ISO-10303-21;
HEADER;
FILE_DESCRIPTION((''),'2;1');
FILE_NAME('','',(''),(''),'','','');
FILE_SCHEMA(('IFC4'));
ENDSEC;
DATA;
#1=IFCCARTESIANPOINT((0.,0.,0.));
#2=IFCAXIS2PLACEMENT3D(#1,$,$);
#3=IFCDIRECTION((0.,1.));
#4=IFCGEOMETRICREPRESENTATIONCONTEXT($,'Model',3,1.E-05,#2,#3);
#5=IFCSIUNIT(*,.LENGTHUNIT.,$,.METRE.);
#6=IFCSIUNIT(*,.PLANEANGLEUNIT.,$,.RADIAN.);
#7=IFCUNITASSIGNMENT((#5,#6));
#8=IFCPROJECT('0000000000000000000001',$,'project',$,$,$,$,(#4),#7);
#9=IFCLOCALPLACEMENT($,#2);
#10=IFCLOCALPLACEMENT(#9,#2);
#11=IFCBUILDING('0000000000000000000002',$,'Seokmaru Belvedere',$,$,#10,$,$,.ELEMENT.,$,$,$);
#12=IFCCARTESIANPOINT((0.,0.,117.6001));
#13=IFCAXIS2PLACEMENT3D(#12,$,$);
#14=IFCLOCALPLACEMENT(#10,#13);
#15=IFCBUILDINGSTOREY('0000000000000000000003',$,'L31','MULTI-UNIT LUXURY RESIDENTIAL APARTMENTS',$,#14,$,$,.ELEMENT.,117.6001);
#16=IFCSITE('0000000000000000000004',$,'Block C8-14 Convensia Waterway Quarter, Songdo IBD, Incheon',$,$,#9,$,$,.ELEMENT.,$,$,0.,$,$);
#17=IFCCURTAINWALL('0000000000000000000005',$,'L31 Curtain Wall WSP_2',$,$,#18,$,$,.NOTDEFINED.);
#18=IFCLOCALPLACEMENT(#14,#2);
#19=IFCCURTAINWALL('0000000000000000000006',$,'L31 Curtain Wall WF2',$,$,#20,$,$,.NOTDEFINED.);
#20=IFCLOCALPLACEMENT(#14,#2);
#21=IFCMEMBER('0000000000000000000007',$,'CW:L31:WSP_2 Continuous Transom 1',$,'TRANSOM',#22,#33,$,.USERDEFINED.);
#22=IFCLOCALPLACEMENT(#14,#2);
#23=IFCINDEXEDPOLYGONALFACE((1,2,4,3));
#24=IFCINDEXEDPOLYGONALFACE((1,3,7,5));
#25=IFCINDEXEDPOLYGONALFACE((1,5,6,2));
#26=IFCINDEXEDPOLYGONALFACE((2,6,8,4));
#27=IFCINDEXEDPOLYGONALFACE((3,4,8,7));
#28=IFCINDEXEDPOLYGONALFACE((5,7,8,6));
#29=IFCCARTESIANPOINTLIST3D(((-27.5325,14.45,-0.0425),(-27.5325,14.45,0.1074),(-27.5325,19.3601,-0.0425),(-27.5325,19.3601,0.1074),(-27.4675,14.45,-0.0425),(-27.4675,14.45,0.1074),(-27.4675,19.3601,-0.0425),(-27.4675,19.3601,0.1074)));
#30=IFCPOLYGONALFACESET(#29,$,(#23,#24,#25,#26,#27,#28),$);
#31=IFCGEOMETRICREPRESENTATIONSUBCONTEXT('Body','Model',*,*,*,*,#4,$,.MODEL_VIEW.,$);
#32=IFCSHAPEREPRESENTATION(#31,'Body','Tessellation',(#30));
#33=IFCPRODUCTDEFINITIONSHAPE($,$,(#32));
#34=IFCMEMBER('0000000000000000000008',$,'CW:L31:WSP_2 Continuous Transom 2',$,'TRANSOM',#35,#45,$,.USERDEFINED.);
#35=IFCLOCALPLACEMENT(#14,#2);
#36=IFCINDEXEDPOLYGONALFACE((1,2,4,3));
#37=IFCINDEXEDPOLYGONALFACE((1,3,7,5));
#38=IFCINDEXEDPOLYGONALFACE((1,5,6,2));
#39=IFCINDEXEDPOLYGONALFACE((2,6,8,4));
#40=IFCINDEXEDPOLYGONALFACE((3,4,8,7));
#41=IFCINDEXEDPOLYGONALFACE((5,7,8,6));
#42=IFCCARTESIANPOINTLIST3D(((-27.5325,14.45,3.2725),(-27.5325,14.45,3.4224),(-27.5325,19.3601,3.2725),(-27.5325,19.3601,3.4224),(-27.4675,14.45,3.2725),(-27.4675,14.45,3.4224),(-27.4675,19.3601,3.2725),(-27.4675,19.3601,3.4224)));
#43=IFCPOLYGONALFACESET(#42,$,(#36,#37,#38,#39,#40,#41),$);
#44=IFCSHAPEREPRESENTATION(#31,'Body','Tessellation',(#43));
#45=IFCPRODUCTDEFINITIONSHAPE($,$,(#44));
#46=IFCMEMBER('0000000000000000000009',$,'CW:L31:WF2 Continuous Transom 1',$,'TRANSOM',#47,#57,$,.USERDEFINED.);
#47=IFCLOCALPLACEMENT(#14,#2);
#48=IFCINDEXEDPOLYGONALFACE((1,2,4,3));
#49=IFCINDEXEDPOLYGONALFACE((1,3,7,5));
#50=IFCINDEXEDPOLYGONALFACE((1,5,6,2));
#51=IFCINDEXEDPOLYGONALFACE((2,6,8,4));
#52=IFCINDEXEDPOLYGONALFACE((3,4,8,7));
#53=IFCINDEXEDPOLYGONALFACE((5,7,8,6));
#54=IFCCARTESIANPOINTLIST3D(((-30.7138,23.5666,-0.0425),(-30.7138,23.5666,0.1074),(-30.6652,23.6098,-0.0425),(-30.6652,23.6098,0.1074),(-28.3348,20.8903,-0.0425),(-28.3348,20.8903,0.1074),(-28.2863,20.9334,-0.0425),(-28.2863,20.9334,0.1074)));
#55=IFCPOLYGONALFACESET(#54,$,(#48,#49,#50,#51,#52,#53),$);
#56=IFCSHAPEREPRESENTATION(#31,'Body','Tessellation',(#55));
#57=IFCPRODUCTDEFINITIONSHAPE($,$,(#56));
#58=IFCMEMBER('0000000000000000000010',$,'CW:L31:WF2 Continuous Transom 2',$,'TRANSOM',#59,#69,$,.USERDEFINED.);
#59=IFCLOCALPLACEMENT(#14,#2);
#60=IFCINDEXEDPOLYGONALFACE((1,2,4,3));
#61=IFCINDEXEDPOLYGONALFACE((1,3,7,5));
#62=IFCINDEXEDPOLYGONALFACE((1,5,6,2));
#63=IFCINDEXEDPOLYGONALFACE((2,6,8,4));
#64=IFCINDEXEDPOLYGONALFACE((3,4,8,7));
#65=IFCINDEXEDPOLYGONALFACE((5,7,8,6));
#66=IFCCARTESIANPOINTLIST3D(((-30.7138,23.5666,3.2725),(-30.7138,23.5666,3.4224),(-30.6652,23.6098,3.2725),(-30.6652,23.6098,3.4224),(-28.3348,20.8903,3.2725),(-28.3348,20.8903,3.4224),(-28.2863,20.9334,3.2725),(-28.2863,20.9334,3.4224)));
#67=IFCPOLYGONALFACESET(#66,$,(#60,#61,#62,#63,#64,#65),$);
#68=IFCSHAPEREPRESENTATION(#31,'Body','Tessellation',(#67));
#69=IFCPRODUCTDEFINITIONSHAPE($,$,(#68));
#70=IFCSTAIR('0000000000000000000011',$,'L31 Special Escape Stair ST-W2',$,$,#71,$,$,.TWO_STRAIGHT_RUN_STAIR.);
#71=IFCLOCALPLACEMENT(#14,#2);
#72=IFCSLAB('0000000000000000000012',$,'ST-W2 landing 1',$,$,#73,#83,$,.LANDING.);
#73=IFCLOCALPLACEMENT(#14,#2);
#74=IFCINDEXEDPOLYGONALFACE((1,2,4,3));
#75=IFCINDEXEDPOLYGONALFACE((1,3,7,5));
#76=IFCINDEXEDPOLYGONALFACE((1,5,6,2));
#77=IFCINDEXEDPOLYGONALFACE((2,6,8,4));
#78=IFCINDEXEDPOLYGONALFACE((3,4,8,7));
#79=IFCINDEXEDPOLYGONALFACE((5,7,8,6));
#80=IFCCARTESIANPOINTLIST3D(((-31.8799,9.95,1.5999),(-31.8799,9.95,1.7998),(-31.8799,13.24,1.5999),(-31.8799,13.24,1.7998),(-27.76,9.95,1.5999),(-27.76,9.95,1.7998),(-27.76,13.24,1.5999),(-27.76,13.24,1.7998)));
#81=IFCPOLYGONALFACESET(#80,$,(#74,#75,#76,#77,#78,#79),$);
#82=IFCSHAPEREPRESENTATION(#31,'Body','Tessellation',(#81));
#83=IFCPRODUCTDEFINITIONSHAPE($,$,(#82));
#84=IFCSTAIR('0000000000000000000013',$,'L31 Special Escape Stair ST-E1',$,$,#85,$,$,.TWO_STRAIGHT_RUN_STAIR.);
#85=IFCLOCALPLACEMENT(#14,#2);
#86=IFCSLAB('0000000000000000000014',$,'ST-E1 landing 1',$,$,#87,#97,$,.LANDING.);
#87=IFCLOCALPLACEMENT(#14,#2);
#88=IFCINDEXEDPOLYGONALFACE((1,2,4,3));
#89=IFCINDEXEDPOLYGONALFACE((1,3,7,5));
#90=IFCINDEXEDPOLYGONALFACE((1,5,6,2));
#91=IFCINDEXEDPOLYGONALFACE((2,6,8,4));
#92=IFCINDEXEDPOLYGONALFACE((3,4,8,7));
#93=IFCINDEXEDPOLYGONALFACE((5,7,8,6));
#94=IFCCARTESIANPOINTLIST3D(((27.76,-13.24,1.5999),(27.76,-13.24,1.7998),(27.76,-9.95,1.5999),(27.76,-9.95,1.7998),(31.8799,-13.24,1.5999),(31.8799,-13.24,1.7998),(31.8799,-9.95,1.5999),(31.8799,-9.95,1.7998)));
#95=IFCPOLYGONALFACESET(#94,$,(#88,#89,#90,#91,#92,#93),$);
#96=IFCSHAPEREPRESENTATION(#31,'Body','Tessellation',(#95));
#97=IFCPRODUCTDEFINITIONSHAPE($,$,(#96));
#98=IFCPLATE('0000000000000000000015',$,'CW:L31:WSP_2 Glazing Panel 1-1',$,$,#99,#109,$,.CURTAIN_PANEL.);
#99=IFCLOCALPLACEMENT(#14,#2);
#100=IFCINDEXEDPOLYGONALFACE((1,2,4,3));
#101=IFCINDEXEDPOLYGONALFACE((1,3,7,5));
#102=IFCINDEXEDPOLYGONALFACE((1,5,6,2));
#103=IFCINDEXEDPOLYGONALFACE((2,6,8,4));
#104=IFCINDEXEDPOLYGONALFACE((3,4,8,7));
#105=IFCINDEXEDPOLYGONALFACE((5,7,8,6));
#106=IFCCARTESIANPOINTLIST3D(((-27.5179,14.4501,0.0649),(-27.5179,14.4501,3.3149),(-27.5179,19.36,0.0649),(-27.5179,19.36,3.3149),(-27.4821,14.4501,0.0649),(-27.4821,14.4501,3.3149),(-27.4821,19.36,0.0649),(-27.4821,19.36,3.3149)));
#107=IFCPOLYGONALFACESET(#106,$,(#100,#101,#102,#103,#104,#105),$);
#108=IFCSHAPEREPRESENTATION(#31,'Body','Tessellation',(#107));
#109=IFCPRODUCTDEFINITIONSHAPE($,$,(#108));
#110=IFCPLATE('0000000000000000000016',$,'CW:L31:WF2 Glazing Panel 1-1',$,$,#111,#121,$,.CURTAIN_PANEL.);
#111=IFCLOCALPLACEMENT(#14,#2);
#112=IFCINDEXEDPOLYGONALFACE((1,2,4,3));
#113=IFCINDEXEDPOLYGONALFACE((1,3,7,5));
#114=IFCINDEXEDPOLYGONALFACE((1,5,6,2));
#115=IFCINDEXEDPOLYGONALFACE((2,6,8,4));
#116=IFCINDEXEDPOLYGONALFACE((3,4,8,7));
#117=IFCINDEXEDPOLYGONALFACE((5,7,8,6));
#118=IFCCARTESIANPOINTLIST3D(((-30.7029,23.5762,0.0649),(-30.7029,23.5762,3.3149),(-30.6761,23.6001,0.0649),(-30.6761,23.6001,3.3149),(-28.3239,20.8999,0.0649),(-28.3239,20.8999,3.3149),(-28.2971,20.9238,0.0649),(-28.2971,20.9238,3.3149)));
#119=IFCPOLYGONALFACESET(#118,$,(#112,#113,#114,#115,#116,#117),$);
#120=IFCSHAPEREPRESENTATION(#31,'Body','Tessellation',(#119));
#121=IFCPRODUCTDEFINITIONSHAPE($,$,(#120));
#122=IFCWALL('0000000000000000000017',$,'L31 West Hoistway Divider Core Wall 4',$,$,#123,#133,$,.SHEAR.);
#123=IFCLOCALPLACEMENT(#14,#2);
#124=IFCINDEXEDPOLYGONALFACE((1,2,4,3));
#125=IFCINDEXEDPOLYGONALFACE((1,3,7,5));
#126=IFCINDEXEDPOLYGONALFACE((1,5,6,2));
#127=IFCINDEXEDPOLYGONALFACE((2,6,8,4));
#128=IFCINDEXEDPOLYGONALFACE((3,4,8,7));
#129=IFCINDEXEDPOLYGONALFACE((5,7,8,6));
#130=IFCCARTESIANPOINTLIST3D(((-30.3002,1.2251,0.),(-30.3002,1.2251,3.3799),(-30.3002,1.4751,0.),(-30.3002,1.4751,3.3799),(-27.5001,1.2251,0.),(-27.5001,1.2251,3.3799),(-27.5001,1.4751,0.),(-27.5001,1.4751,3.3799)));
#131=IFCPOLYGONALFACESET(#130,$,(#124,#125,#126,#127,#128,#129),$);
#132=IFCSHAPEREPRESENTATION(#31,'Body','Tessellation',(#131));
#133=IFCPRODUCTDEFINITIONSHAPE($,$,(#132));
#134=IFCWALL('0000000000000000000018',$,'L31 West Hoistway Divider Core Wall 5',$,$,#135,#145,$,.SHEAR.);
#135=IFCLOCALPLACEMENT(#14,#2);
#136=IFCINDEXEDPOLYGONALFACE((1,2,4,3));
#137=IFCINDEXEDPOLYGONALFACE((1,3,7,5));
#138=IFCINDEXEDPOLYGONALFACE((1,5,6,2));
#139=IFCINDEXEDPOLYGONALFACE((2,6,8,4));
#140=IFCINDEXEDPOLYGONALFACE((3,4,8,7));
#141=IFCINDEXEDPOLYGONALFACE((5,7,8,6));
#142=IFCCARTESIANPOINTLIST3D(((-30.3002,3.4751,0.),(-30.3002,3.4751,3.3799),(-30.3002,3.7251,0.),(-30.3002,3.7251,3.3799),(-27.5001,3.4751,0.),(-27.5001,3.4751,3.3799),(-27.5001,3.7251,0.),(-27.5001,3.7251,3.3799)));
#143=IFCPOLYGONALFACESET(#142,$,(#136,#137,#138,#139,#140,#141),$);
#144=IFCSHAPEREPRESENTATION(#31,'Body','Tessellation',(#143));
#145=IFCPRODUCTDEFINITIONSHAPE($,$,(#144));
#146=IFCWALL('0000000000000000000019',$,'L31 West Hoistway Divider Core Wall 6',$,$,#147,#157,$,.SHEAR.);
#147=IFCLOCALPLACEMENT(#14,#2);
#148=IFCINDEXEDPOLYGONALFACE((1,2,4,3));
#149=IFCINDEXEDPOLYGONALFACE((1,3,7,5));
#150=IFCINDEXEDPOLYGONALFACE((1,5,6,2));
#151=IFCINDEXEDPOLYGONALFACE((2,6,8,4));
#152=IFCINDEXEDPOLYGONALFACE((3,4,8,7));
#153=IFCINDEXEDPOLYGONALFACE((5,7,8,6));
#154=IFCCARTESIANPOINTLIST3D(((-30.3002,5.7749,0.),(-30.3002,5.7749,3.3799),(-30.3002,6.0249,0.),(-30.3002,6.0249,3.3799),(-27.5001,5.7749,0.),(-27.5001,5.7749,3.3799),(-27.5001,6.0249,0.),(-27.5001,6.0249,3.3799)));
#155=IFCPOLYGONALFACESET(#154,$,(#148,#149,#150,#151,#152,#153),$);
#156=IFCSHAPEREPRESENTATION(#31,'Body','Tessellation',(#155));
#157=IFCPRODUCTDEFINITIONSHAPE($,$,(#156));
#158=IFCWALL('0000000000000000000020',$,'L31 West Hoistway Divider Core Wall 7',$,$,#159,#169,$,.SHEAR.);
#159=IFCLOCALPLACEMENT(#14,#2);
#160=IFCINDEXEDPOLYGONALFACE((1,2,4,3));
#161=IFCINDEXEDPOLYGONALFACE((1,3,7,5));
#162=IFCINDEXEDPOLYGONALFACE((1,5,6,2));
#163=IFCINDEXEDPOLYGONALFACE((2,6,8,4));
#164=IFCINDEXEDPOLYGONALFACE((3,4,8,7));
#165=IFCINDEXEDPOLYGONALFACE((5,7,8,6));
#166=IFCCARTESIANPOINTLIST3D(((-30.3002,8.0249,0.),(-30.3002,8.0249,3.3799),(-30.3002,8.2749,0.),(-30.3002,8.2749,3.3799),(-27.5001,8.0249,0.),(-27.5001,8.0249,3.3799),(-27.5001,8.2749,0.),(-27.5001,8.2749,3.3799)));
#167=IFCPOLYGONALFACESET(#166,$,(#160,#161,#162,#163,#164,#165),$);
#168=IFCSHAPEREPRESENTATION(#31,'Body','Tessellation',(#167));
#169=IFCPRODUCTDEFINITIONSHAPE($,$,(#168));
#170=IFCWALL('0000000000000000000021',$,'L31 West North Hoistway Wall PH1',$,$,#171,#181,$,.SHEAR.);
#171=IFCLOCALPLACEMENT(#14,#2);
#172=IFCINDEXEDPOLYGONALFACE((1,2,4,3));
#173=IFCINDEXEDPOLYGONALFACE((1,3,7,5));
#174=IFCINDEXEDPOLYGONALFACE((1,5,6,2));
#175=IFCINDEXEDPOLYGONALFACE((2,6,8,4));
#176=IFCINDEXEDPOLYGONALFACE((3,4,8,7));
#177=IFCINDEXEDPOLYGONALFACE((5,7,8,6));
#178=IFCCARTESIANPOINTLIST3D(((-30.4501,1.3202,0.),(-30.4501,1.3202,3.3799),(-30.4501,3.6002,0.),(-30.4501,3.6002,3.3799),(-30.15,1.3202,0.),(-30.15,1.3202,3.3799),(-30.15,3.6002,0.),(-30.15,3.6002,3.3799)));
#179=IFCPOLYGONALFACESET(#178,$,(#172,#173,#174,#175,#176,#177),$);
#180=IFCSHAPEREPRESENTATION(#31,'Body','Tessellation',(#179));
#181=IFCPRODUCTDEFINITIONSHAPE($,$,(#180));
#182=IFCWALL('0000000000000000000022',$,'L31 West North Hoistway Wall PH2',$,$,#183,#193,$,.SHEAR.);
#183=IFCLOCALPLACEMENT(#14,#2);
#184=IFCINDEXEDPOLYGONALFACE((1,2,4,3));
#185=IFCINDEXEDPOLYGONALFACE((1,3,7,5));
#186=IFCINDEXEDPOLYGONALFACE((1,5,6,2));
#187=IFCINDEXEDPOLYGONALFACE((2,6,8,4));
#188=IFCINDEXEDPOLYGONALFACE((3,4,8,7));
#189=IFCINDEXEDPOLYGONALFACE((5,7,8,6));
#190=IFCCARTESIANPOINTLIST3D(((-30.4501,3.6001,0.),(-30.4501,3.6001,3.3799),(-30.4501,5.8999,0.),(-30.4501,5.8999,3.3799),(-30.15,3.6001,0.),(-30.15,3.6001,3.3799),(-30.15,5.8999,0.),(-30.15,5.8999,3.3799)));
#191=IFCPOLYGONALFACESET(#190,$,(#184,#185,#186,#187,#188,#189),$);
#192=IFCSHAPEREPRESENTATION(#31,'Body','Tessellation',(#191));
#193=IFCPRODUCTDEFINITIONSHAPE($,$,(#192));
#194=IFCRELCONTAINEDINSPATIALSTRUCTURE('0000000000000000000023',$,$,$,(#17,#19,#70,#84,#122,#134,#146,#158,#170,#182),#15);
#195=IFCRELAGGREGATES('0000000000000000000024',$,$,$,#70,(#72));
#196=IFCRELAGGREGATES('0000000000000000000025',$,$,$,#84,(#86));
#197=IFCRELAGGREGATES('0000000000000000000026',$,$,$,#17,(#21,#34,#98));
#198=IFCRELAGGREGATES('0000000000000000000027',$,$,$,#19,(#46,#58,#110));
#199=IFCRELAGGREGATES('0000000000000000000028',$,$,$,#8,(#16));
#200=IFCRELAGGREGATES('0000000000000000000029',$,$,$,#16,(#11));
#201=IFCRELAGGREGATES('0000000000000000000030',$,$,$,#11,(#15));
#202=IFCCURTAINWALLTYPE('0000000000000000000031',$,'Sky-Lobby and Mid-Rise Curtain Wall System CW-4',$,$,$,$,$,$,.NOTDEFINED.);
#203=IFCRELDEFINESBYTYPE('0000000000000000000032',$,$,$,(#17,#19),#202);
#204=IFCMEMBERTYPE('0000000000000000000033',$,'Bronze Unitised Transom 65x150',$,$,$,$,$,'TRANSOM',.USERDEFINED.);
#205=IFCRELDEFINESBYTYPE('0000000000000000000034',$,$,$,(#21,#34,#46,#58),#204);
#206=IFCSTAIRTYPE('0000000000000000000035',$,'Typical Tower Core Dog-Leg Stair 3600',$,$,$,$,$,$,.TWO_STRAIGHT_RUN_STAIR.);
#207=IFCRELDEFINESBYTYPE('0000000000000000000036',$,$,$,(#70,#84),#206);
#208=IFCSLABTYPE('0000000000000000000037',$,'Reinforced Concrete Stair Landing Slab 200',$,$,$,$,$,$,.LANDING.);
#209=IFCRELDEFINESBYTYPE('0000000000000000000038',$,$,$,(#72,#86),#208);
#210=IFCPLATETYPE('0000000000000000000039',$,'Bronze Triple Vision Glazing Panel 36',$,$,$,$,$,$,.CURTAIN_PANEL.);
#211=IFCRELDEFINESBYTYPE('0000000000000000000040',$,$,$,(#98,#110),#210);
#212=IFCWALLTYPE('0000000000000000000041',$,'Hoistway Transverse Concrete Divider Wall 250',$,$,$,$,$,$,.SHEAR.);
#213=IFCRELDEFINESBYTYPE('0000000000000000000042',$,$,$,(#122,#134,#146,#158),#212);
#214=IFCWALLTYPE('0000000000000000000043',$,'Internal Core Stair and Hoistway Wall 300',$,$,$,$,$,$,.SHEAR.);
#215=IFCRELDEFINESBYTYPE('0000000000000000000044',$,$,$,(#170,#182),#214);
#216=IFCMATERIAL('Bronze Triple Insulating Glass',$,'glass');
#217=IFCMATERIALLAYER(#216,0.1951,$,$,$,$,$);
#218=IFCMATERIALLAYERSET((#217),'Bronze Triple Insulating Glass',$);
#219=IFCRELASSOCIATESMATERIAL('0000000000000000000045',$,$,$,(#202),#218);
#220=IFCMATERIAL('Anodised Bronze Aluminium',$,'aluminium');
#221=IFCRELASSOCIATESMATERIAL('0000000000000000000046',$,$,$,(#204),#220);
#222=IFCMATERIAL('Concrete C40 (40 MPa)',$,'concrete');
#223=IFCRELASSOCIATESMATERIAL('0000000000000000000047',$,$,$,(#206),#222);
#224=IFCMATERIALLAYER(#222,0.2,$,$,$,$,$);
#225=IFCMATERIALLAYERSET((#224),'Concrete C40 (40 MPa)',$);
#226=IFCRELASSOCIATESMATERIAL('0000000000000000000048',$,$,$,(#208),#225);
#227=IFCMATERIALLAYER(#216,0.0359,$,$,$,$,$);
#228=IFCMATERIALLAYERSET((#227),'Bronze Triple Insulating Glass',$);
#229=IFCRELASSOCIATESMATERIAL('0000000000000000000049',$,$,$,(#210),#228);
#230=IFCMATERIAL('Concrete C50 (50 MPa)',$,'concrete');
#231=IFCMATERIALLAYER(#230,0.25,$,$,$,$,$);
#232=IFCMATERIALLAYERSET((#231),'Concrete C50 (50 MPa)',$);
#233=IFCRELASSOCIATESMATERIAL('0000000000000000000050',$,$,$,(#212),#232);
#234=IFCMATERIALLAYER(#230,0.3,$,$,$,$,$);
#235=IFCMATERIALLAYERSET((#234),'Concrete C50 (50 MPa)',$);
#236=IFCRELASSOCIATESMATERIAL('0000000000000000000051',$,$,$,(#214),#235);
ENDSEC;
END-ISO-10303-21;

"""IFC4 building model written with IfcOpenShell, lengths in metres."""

from ifc_helpers import new_model, si_unit, direction, frame, frame_2d, origin, origin_2d, place, context, subcontext, project, spatial, polyline, rectangle, outline, extrude, source, transform, mapped, material, layer, layer_set, material_profile, profile_set, type_object, type_shapes, element, aggregate, save


model = new_model("IFC4")

# Units and contexts
model_context = context("Model", 3, precision=1e-05, world=origin(), true_north=direction((0.0, 1.0)))
body_context = subcontext(model_context, "Body", "Model", "MODEL_VIEW")
ifc_project = project(units=[si_unit("LENGTHUNIT", "METRE"), si_unit("PLANEANGLEUNIT", "RADIAN")], contexts=[model_context])

# Site, building, storey
site_placement = place(None, origin())
site = spatial("IfcSite", under=ifc_project, at=site_placement, Name="Block C8-14 Convensia Waterway Quarter, Songdo IBD, Incheon", CompositionType="ELEMENT", RefElevation=0.0)
building_placement = place(site_placement, origin())
building = spatial("IfcBuilding", under=site, at=building_placement, Name="Seokmaru Belvedere", CompositionType="ELEMENT")
storey_placement = place(building_placement, frame((0.0, 0.0, 117.6001)))
storey = spatial("IfcBuildingStorey", under=building, at=storey_placement, Name="L31", Description="MULTI-UNIT LUXURY RESIDENTIAL APARTMENTS", CompositionType="ELEMENT", Elevation=117.6001)

# Curtain walls
ifc_material_1 = material(Name="Bronze Triple Insulating Glass", Category="glass")
ifc_layer_1 = layer(ifc_material_1, 0.1951)
ifc_layer_set_1 = layer_set([ifc_layer_1], Name="Bronze Triple Insulating Glass")
curtain_wall_type = type_object("IfcCurtainWallType", Name="Sky-Lobby and Mid-Rise Curtain Wall System CW-4", PredefinedType="NOTDEFINED", material=ifc_layer_set_1)
curtain_wall_1_placement = place(storey_placement, origin())
curtain_wall_1 = element("IfcCurtainWall", 1, at=curtain_wall_1_placement, inside=storey, type_object=curtain_wall_type, Name="L31 Curtain Wall WSP_2", PredefinedType="NOTDEFINED")
ifc_material_2 = material(Name="Anodised Bronze Aluminium", Category="aluminium")
curtain_wall_2_placement = place(storey_placement, origin())
curtain_wall_2 = element("IfcCurtainWall", 2, at=curtain_wall_2_placement, inside=storey, type_object=curtain_wall_type, Name="L31 Curtain Wall WF2", PredefinedType="NOTDEFINED")

# Members
ifc_material_profile_1 = material_profile(ifc_material_2, rectangle(XDim=0.0649, YDim=0.1499, at=origin_2d()), Name="CW-T-65x150")
ifc_profile_set_1 = profile_set([ifc_material_profile_1], Name="Anodised Bronze Aluminium")
member_type_1 = type_object("IfcMemberType", Name="Bronze Unitised Transom 65x150", ElementType="TRANSOM", PredefinedType="USERDEFINED", material=ifc_profile_set_1)
shared_shape_1 = source(origin(), body_context, "Body", "SweptSolid", [
    extrude(rectangle(XDim=0.0649, YDim=0.1499, at=origin_2d()), origin(), (0.0, 0.0, 1.0), 4.9102),
])
member_1_placement = place(storey_placement, frame((-27.5, 14.45, 0.0325), z_axis=(0.0, 1.0, 0.0), x_axis=(-1.0, 0.0, 0.0)))
member_1 = element("IfcMember", 3, at=member_1_placement, type_object=member_type_1, Name="CW:L31:WSP_2 Continuous Transom 1", ObjectType="TRANSOM", PredefinedType="USERDEFINED", context=body_context, shape_type="MappedRepresentation", body=[
    mapped(shared_shape_1, transform((0.0, 0.0, 0.0), scale=1.0)),
])
member_2_placement = place(storey_placement, frame((-27.5, 14.45, 3.3474), z_axis=(0.0, 1.0, 0.0), x_axis=(-1.0, 0.0, 0.0)))
member_2 = element("IfcMember", 4, at=member_2_placement, type_object=member_type_1, Name="CW:L31:WSP_2 Continuous Transom 2", ObjectType="TRANSOM", PredefinedType="USERDEFINED", context=body_context, shape_type="MappedRepresentation", body=[
    mapped(shared_shape_1, transform((0.0, 0.0, 0.0), scale=1.0)),
])
shared_shape_2 = source(origin(), body_context, "Body", "SweptSolid", [
    extrude(rectangle(XDim=0.0649, YDim=0.1499, at=origin_2d()), origin(), (0.0, 0.0, 1.0), 3.5808),
])
type_shapes(member_type_1, [shared_shape_1, shared_shape_2])
member_3_placement = place(storey_placement, frame((-28.3105, 20.9119, 0.0325), z_axis=(-0.664364, 0.747409, 0.0), x_axis=(-0.747409, -0.664364, 0.0)))
member_3 = element("IfcMember", 5, at=member_3_placement, type_object=member_type_1, Name="CW:L31:WF2 Continuous Transom 1", ObjectType="TRANSOM", PredefinedType="USERDEFINED", context=body_context, shape_type="MappedRepresentation", body=[
    mapped(shared_shape_2, transform((0.0, 0.0, 0.0), scale=1.0)),
])
member_4_placement = place(storey_placement, frame((-28.3105, 20.9119, 3.3474), z_axis=(-0.664364, 0.747409, 0.0), x_axis=(-0.747409, -0.664364, 0.0)))
member_4 = element("IfcMember", 6, at=member_4_placement, type_object=member_type_1, Name="CW:L31:WF2 Continuous Transom 2", ObjectType="TRANSOM", PredefinedType="USERDEFINED", context=body_context, shape_type="MappedRepresentation", body=[
    mapped(shared_shape_2, transform((0.0, 0.0, 0.0), scale=1.0)),
])

# Stairs, slabs
ifc_material_3 = material(Name="Concrete C40 (40 MPa)", Category="concrete")
stair_type = type_object("IfcStairType", Name="Typical Tower Core Dog-Leg Stair 3600", PredefinedType="TWO_STRAIGHT_RUN_STAIR", material=ifc_material_3)
stair_1_placement = place(storey_placement, origin())
stair_1 = element("IfcStair", 7, at=stair_1_placement, inside=storey, type_object=stair_type, Name="L31 Special Escape Stair ST-W2", PredefinedType="TWO_STRAIGHT_RUN_STAIR")
ifc_layer_2 = layer(ifc_material_3, 0.2)
ifc_layer_set_2 = layer_set([ifc_layer_2], Name="Concrete C40 (40 MPa)")
slab_type = type_object("IfcSlabType", Name="Reinforced Concrete Stair Landing Slab 200", PredefinedType="LANDING", material=ifc_layer_set_2)
slab_1_placement = place(storey_placement, frame((0.0, 0.0, 1.5999)))
slab_1 = element("IfcSlab", 8, at=slab_1_placement, type_object=slab_type, Name="ST-W2 landing 1", PredefinedType="LANDING", context=body_context, shape_type="SweptSolid", body=[
    extrude(outline(polyline([(-31.8799, 9.95), (-27.76, 9.95), (-27.76, 13.24), (-31.8799, 13.24), (-31.8799, 9.95)])), origin(), (0.0, 0.0, 1.0), 0.2),
])
aggregate(stair_1, [slab_1])
stair_2_placement = place(storey_placement, origin())
stair_2 = element("IfcStair", 9, at=stair_2_placement, inside=storey, type_object=stair_type, Name="L31 Special Escape Stair ST-E1", PredefinedType="TWO_STRAIGHT_RUN_STAIR")
slab_2_placement = place(storey_placement, frame((0.0, 0.0, 1.5999)))
slab_2 = element("IfcSlab", 10, at=slab_2_placement, type_object=slab_type, Name="ST-E1 landing 1", PredefinedType="LANDING", context=body_context, shape_type="SweptSolid", body=[
    extrude(outline(polyline([(27.76, -13.24), (31.8799, -13.24), (31.8799, -9.95), (27.76, -9.95), (27.76, -13.24)])), origin(), (0.0, 0.0, 1.0), 0.2),
])
aggregate(stair_2, [slab_2])

# Plates
ifc_layer_3 = layer(ifc_material_1, 0.0359)
ifc_layer_set_3 = layer_set([ifc_layer_3], Name="Bronze Triple Insulating Glass")
plate_type = type_object("IfcPlateType", Name="Bronze Triple Vision Glazing Panel 36", PredefinedType="CURTAIN_PANEL", material=ifc_layer_set_3)
shared_shape_3 = source(origin(), body_context, "Body", "SweptSolid", [
    extrude(rectangle(XDim=4.9099, YDim=0.0359, at=origin_2d()), origin(), (0.0, 0.0, 1.0), 3.25),
])
plate_1_placement = place(storey_placement, frame((-27.5, 16.905, 0.0649), z_axis=(0.0, 0.0, 1.0), x_axis=(0.0, 1.0, 0.0)))
plate_1 = element("IfcPlate", 11, at=plate_1_placement, type_object=plate_type, Name="CW:L31:WSP_2 Glazing Panel 1-1", PredefinedType="CURTAIN_PANEL", context=body_context, shape_type="MappedRepresentation", body=[
    mapped(shared_shape_3, transform((0.0, 0.0, 0.0), scale=1.0)),
])
aggregate(curtain_wall_1, [member_1, member_2, plate_1])
shared_shape_4 = source(origin(), body_context, "Body", "SweptSolid", [
    extrude(rectangle(XDim=3.5808, YDim=0.0359, at=origin_2d()), origin(), (0.0, 0.0, 1.0), 3.25),
])
type_shapes(plate_type, [shared_shape_3, shared_shape_4])
plate_2_placement = place(storey_placement, frame((-29.5, 22.25, 0.0649), z_axis=(0.0, 0.0, 1.0), x_axis=(-0.664363, 0.74741, 0.0)))
plate_2 = element("IfcPlate", 12, at=plate_2_placement, type_object=plate_type, Name="CW:L31:WF2 Glazing Panel 1-1", PredefinedType="CURTAIN_PANEL", context=body_context, shape_type="MappedRepresentation", body=[
    mapped(shared_shape_4, transform((0.0, 0.0, 0.0), scale=1.0)),
])
aggregate(curtain_wall_2, [member_3, member_4, plate_2])

# Walls
ifc_material_4 = material(Name="Concrete C50 (50 MPa)", Category="concrete")
ifc_layer_4 = layer(ifc_material_4, 0.25)
ifc_layer_set_4 = layer_set([ifc_layer_4], Name="Concrete C50 (50 MPa)")
wall_type_1 = type_object("IfcWallType", Name="Hoistway Transverse Concrete Divider Wall 250", PredefinedType="SHEAR", material=ifc_layer_set_4)
for number, where, z_axis, x_axis, name in (
    (13, (-30.3, 1.3501, 0.0), (0.0, 0.0, 1.0), (1.0, 0.0, 0.0), "L31 West Hoistway Divider Core Wall 4"),
    (14, (-30.3, 3.6001, 0.0), (0.0, 0.0, 1.0), (1.0, 0.0, 0.0), "L31 West Hoistway Divider Core Wall 5"),
    (15, (-30.3, 5.8999, 0.0), (0.0, 0.0, 1.0), (1.0, 0.0, 0.0), "L31 West Hoistway Divider Core Wall 6"),
    (16, (-30.3, 8.1499, 0.0), (0.0, 0.0, 1.0), (1.0, 0.0, 0.0), "L31 West Hoistway Divider Core Wall 7"),
):
    element("IfcWall", number, at=place(storey_placement, frame(where, z_axis=z_axis, x_axis=x_axis)), inside=storey, type_object=wall_type_1, Name=name, PredefinedType="SHEAR", context=body_context, shape_type="SweptSolid", body=[
        extrude(rectangle(XDim=2.8, YDim=0.25, at=frame_2d((1.3999, 0.0))), origin(), (0.0, 0.0, 1.0), 3.3799),
    ])
ifc_layer_5 = layer(ifc_material_4, 0.3)
ifc_layer_set_5 = layer_set([ifc_layer_5], Name="Concrete C50 (50 MPa)")
wall_type_2 = type_object("IfcWallType", Name="Internal Core Stair and Hoistway Wall 300", PredefinedType="SHEAR", material=ifc_layer_set_5)
wall_1_placement = place(storey_placement, frame((-30.3, 1.3201, 0.0), z_axis=(0.0, 0.0, 1.0), x_axis=(0.0, 1.0, 0.0)))
element("IfcWall", 17, at=wall_1_placement, inside=storey, type_object=wall_type_2, Name="L31 West North Hoistway Wall PH1", PredefinedType="SHEAR", context=body_context, shape_type="SweptSolid", body=[
    extrude(rectangle(XDim=2.28, YDim=0.3, at=frame_2d((1.1401, 0.0))), origin(), (0.0, 0.0, 1.0), 3.3799),
])
wall_2_placement = place(storey_placement, frame((-30.3, 3.6001, 0.0), z_axis=(0.0, 0.0, 1.0), x_axis=(0.0, 1.0, 0.0)))
element("IfcWall", 18, at=wall_2_placement, inside=storey, type_object=wall_type_2, Name="L31 West North Hoistway Wall PH2", PredefinedType="SHEAR", context=body_context, shape_type="SweptSolid", body=[
    extrude(rectangle(XDim=2.2998, YDim=0.3, at=frame_2d((1.1499, 0.0))), origin(), (0.0, 0.0, 1.0), 3.3799),
])

save(model, "model.ifc")
